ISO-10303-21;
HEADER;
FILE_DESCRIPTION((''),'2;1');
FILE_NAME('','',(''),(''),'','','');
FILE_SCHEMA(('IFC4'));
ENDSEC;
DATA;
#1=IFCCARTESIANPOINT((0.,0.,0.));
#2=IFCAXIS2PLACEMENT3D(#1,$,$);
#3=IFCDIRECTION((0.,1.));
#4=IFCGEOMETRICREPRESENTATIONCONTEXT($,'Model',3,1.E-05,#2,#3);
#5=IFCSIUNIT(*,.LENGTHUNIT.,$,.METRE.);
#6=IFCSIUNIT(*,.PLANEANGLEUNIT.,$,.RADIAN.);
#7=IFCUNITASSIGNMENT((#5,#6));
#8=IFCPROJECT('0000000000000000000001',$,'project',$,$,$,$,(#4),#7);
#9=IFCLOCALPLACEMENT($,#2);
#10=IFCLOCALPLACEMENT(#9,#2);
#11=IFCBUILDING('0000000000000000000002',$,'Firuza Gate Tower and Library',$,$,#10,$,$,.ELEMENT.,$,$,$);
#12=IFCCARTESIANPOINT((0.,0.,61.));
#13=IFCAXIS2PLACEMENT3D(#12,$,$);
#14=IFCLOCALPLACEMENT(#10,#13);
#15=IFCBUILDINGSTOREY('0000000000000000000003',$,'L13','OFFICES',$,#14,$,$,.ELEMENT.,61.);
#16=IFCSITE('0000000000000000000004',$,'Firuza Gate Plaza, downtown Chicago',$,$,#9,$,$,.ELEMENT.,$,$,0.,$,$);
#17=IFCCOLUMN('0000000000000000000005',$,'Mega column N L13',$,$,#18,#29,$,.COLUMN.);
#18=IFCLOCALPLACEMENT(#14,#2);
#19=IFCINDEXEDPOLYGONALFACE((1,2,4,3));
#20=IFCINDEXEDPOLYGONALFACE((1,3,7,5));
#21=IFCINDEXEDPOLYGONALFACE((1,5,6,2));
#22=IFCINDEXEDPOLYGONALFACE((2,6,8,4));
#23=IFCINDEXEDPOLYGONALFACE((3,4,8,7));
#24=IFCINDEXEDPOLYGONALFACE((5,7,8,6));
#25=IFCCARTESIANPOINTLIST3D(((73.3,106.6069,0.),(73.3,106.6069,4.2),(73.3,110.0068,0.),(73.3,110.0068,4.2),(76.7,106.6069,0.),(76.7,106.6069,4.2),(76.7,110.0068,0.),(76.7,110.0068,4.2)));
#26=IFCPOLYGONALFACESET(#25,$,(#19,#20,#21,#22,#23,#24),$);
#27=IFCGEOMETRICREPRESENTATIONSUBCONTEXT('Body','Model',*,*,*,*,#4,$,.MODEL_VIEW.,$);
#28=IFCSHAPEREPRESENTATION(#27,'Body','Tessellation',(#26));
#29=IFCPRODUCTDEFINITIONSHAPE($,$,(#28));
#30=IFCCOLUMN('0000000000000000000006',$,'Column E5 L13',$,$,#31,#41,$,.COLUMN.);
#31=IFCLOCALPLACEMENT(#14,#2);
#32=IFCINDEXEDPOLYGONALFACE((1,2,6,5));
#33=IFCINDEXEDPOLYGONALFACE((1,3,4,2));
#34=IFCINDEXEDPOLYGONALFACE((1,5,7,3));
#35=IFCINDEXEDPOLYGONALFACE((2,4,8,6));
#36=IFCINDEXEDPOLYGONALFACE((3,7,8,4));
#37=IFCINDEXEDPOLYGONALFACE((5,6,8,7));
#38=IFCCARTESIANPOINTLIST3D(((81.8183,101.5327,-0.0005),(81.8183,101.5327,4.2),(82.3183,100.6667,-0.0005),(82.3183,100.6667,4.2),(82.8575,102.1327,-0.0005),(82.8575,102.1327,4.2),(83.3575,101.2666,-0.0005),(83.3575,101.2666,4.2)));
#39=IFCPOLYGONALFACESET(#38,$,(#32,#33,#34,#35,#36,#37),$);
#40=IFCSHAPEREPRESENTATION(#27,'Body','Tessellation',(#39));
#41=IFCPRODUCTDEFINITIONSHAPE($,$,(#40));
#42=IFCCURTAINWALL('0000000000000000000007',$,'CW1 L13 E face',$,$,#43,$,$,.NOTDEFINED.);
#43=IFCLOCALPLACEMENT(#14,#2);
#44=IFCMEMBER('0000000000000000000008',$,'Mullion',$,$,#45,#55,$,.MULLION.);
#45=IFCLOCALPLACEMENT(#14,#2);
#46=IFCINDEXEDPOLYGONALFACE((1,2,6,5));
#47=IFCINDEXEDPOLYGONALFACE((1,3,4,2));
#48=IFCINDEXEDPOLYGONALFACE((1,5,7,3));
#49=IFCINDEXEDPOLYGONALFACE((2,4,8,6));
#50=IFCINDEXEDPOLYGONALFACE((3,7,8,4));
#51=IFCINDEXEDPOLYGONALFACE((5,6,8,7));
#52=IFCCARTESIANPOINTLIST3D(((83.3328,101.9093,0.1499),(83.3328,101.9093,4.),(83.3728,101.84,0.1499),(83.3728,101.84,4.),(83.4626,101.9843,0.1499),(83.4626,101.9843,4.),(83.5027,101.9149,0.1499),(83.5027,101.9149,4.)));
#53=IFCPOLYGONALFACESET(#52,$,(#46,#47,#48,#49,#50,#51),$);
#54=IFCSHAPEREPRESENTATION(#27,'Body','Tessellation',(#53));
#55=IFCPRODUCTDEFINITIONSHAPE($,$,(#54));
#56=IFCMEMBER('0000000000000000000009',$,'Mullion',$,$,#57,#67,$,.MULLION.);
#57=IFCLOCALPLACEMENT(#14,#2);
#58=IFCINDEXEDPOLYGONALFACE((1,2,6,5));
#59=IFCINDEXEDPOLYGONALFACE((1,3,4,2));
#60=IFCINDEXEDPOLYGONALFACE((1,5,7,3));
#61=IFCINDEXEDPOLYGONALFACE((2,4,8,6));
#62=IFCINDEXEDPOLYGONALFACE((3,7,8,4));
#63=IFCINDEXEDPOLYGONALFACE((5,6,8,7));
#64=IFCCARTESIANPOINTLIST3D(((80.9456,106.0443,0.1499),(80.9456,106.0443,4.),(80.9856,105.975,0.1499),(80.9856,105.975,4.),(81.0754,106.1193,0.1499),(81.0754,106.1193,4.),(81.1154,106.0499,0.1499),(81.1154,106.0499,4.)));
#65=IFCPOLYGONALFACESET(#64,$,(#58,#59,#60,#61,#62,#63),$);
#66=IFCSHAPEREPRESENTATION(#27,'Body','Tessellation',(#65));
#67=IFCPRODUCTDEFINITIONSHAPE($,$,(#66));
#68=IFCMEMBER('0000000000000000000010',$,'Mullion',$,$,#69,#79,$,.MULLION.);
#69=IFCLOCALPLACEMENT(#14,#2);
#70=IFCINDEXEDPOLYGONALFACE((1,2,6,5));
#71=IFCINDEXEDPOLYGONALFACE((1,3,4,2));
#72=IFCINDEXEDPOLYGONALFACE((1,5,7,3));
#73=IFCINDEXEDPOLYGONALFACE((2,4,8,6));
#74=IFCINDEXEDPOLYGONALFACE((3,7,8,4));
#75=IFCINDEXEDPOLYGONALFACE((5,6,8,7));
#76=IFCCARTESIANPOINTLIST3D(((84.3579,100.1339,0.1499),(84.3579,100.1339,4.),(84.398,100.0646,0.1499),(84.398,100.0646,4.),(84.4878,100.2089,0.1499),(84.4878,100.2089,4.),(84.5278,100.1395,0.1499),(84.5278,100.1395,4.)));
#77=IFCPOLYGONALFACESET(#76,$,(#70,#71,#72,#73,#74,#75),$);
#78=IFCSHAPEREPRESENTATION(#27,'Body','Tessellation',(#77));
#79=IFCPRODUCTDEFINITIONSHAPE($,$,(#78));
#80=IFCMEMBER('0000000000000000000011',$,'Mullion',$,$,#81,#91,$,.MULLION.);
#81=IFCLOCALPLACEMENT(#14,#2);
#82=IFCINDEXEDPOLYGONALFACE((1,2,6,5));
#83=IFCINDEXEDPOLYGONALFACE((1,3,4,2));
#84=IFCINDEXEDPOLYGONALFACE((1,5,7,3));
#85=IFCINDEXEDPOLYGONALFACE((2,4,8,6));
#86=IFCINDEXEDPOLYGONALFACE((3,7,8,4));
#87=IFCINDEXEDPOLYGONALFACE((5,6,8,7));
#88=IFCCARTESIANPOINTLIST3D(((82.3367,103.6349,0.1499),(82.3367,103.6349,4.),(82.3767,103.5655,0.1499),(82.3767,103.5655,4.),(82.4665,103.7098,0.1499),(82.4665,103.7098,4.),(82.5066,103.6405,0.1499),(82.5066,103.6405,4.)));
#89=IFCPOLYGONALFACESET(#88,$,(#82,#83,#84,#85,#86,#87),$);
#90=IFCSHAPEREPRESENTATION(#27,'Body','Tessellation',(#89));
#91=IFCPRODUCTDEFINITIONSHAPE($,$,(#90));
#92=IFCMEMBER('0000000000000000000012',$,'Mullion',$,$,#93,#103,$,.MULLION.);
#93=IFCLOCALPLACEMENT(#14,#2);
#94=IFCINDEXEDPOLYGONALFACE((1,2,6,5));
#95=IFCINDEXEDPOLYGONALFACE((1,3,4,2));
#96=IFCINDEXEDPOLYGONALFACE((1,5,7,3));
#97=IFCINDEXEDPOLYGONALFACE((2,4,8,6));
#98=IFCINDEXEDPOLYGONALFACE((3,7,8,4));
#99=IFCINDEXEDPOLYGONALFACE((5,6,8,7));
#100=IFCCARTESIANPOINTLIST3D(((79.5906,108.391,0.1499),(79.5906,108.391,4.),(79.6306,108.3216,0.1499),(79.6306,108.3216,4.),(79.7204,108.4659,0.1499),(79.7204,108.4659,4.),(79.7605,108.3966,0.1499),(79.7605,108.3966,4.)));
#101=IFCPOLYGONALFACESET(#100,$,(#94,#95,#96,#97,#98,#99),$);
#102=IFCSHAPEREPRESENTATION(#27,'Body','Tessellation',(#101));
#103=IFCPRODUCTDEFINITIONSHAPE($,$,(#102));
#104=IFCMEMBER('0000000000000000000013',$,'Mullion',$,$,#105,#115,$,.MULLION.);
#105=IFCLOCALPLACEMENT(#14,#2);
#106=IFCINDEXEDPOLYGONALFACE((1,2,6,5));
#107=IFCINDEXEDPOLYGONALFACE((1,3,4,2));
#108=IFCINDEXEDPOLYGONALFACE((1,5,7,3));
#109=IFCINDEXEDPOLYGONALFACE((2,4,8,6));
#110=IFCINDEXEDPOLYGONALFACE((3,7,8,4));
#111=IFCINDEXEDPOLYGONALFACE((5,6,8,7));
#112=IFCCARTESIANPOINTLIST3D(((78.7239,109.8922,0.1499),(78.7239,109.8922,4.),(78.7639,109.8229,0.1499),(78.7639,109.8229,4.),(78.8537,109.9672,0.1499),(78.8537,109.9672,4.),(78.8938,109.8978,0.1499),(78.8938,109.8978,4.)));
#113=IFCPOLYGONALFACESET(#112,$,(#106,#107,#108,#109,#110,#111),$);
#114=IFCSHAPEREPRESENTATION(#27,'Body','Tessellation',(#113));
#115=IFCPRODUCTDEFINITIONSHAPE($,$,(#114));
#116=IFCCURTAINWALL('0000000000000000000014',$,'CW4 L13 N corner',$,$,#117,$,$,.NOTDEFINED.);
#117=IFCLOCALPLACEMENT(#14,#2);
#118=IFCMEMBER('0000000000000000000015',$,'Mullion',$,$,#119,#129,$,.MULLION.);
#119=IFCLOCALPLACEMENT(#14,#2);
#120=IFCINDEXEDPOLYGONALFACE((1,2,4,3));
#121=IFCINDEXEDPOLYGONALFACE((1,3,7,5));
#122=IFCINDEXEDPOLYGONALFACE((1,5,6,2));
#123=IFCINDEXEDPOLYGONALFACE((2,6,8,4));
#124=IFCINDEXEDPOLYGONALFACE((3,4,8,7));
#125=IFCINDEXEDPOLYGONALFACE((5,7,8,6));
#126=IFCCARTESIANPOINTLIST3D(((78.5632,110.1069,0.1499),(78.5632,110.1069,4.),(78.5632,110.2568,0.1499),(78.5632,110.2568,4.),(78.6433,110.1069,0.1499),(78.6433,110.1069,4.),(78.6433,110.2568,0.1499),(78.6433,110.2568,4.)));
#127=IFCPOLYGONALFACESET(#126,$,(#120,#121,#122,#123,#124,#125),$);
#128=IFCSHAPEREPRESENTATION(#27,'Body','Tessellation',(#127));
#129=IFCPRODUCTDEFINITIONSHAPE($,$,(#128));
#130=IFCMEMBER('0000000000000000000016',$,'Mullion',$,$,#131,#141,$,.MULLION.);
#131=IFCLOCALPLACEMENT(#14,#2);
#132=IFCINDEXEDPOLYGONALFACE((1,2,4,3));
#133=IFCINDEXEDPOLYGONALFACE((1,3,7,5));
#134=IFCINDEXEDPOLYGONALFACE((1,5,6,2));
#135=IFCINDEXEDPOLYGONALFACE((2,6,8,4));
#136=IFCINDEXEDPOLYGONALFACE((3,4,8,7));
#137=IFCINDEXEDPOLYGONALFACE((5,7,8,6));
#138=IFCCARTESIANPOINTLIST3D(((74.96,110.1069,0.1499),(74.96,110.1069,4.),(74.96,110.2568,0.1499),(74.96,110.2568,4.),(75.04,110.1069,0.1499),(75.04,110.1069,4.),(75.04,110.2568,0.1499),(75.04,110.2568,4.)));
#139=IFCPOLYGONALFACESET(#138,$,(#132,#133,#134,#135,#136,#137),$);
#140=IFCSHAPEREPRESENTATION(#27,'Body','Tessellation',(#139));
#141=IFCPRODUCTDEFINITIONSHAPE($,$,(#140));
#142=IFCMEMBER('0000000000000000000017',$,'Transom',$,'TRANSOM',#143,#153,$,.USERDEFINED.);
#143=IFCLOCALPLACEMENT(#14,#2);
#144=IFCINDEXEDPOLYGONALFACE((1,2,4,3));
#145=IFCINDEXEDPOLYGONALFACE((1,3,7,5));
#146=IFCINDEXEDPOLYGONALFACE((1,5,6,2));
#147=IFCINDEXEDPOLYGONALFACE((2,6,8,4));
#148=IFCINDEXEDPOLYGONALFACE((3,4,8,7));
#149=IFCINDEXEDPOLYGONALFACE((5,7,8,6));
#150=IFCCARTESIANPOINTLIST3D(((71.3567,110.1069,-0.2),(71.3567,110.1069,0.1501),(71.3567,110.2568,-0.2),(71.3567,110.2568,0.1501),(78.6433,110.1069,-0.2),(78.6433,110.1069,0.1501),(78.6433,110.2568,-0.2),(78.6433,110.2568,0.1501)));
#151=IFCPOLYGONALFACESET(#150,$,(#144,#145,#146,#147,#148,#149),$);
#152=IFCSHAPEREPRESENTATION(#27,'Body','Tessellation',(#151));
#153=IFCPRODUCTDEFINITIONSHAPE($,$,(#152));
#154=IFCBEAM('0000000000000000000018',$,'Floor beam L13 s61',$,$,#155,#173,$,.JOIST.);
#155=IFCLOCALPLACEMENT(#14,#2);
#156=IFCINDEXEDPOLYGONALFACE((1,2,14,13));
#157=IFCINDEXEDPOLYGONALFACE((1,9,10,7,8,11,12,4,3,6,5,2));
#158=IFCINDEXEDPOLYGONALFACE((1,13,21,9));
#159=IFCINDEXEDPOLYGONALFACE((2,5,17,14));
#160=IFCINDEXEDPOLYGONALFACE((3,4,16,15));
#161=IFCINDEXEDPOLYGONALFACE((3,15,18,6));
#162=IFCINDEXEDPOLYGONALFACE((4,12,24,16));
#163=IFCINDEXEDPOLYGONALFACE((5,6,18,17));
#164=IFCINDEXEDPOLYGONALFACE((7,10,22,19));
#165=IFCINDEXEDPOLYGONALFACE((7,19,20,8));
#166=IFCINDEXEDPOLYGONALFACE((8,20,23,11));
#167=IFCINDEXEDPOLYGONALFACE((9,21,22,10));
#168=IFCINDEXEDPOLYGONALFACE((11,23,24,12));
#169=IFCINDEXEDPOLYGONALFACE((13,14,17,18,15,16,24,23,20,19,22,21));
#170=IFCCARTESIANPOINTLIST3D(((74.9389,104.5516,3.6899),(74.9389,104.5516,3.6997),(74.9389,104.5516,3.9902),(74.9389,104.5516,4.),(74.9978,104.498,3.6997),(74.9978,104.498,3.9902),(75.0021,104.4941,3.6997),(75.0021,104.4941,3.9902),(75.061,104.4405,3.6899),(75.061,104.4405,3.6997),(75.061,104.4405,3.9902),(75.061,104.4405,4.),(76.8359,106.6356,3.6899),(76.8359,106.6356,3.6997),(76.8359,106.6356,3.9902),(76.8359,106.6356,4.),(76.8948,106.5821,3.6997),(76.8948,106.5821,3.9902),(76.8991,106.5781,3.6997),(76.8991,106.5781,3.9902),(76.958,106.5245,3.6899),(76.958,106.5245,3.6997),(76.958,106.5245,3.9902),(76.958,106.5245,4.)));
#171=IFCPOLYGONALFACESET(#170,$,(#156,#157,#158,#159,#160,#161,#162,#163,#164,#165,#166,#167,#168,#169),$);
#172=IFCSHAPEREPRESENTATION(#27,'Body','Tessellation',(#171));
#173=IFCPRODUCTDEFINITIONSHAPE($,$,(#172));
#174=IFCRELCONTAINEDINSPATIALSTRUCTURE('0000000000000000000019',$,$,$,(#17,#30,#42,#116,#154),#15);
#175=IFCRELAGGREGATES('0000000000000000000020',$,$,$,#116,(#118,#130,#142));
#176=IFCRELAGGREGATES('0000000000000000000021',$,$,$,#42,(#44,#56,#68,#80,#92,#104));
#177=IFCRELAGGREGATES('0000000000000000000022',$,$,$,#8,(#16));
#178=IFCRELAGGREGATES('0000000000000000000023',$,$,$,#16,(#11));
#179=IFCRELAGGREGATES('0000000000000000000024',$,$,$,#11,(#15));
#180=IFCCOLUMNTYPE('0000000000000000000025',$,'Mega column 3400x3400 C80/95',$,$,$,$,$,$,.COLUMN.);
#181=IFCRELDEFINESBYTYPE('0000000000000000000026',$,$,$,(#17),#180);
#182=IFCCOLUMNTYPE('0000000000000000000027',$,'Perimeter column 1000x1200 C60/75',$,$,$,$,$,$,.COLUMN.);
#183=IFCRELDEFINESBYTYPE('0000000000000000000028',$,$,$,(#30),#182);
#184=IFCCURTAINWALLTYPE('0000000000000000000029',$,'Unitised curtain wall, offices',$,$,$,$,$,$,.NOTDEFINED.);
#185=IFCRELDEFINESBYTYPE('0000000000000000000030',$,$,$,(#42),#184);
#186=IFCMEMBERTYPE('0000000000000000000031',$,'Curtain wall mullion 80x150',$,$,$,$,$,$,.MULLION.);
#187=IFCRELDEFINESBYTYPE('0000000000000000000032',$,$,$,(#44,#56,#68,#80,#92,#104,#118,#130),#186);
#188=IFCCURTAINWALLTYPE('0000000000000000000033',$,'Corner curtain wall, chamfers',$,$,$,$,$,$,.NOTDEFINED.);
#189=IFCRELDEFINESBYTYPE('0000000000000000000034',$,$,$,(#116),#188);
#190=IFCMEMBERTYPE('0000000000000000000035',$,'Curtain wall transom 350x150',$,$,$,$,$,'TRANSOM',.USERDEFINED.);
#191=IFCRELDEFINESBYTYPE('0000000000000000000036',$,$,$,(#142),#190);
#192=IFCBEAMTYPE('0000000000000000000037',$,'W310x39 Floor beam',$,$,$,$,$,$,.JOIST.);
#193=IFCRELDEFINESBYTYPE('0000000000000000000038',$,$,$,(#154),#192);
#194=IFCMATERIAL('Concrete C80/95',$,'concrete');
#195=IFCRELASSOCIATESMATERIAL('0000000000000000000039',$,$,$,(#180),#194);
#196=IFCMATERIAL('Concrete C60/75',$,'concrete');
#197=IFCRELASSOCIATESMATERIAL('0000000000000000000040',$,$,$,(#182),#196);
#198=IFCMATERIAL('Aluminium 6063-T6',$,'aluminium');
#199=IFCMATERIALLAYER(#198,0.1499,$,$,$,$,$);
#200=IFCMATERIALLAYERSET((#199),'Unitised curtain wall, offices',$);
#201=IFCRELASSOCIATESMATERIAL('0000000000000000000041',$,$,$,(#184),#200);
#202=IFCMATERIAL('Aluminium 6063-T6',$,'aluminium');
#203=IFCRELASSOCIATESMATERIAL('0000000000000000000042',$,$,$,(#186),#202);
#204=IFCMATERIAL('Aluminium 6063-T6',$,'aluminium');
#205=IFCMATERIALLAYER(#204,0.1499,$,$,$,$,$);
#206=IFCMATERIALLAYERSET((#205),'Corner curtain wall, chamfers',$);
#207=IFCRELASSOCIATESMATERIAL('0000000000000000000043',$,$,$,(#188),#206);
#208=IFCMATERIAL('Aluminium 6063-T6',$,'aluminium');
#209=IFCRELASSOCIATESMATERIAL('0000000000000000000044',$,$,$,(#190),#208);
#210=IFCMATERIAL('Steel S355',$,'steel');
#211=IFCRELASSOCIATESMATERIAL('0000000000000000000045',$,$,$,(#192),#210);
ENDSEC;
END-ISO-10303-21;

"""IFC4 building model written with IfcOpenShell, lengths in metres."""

from ifc_helpers import new_model, si_unit, direction, frame, origin, origin_2d, place, context, subcontext, project, spatial, rectangle, i_section, extrude, material, layer, layer_set, material_profile, profile_set, type_object, element, aggregate, save


model = new_model("IFC4")

# Units and contexts
model_context = context("Model", 3, precision=1e-05, world=origin(), true_north=direction((0.0, 1.0)))
body_context = subcontext(model_context, "Body", "Model", "MODEL_VIEW")
ifc_project = project(units=[si_unit("LENGTHUNIT", "METRE"), si_unit("PLANEANGLEUNIT", "RADIAN")], contexts=[model_context])

# Site, building, storey
site_placement = place(None, origin())
site = spatial("IfcSite", under=ifc_project, at=site_placement, Name="Firuza Gate Plaza, downtown Chicago", CompositionType="ELEMENT", RefElevation=0.0)
building_placement = place(site_placement, origin())
building = spatial("IfcBuilding", under=site, at=building_placement, Name="Firuza Gate Tower and Library", CompositionType="ELEMENT")
storey_placement = place(building_placement, frame((0.0, 0.0, 61.0)))
storey = spatial("IfcBuildingStorey", under=building, at=storey_placement, Name="L13", Description="OFFICES", CompositionType="ELEMENT", Elevation=61.0)

# Columns
ifc_material_1 = material(Name="Concrete C80/95", Category="concrete")
ifc_material_profile_1 = material_profile(ifc_material_1, rectangle(XDim=3.3999, YDim=3.3999, at=origin_2d()))
ifc_profile_set_1 = profile_set([ifc_material_profile_1], Name="Concrete C80/95")
column_type_1 = type_object("IfcColumnType", Name="Mega column 3400x3400 C80/95", PredefinedType="COLUMN", material=ifc_profile_set_1)
column_1_placement = place(storey_placement, frame((75.0, 108.3069, 0.0), z_axis=(0.0, 0.0, 1.0), x_axis=(-1.0, 0.0, 0.0)))
element("IfcColumn", 1, at=column_1_placement, inside=storey, type_object=column_type_1, Name="Mega column N L13", PredefinedType="COLUMN", context=body_context, shape_type="SweptSolid", body=[
    extrude(rectangle(XDim=3.3999, YDim=3.3999, at=origin_2d()), origin(), (0.0, 0.0, 1.0), 4.2),
])
ifc_material_2 = material(Name="Concrete C60/75", Category="concrete")
ifc_material_profile_2 = material_profile(ifc_material_2, rectangle(XDim=1.0, YDim=1.2, at=origin_2d()))
ifc_profile_set_2 = profile_set([ifc_material_profile_2], Name="Concrete C60/75")
column_type_2 = type_object("IfcColumnType", Name="Perimeter column 1000x1200 C60/75", PredefinedType="COLUMN", material=ifc_profile_set_2)
column_2_placement = place(storey_placement, frame((82.5879, 101.3997, -0.0005), z_axis=(0.0, 0.0, 1.0), x_axis=(-0.5, 0.866025, 0.0)))
element("IfcColumn", 2, at=column_2_placement, inside=storey, type_object=column_type_2, Name="Column E5 L13", PredefinedType="COLUMN", context=body_context, shape_type="SweptSolid", body=[
    extrude(rectangle(XDim=1.0, YDim=1.2, at=origin_2d()), origin(), (0.0, 0.0, 1.0), 4.2004),
])

# Curtain walls, members
ifc_material_3 = material(Name="Aluminium 6063-T6", Category="aluminium")
ifc_layer_1 = layer(ifc_material_3, 0.1499)
ifc_layer_set_1 = layer_set([ifc_layer_1], Name="Unitised curtain wall, offices")
curtain_wall_type_1 = type_object("IfcCurtainWallType", Name="Unitised curtain wall, offices", PredefinedType="NOTDEFINED", material=ifc_layer_set_1)
placement = place(storey_placement, origin())
curtain_wall_1 = element("IfcCurtainWall", 3, at=placement, inside=storey, type_object=curtain_wall_type_1, Name="CW1 L13 E face", PredefinedType="NOTDEFINED")
ifc_material_4 = material(Name="Aluminium 6063-T6", Category="aluminium")
ifc_material_profile_3 = material_profile(ifc_material_4, rectangle(XDim=0.1499, YDim=0.0801, at=origin_2d()))
ifc_profile_set_3 = profile_set([ifc_material_profile_3], Name="Aluminium 6063-T6")
member_type_1 = type_object("IfcMemberType", Name="Curtain wall mullion 80x150", PredefinedType="MULLION", material=ifc_profile_set_3)
member_1_placement = place(storey_placement, frame((83.4177, 101.9121, 0.1499), z_axis=(0.0, 0.0, 1.0), x_axis=(-0.866025, -0.5, 0.0)))
member_1 = element("IfcMember", 4, at=member_1_placement, type_object=member_type_1, Name="Mullion", PredefinedType="MULLION", context=body_context, shape_type="SweptSolid", body=[
    extrude(rectangle(XDim=0.1499, YDim=0.0801, at=origin_2d()), origin(), (0.0, 0.0, 1.0), 3.8501),
])
member_2_placement = place(storey_placement, frame((81.0305, 106.0471, 0.1499), z_axis=(0.0, 0.0, 1.0), x_axis=(-0.866025, -0.5, 0.0)))
member_2 = element("IfcMember", 5, at=member_2_placement, type_object=member_type_1, Name="Mullion", PredefinedType="MULLION", context=body_context, shape_type="SweptSolid", body=[
    extrude(rectangle(XDim=0.1499, YDim=0.0801, at=origin_2d()), origin(), (0.0, 0.0, 1.0), 3.8501),
])
member_3_placement = place(storey_placement, frame((84.4429, 100.1367, 0.1499), z_axis=(0.0, 0.0, 1.0), x_axis=(-0.866025, -0.5, 0.0)))
member_3 = element("IfcMember", 6, at=member_3_placement, type_object=member_type_1, Name="Mullion", PredefinedType="MULLION", context=body_context, shape_type="SweptSolid", body=[
    extrude(rectangle(XDim=0.1499, YDim=0.0801, at=origin_2d()), origin(), (0.0, 0.0, 1.0), 3.8501),
])
member_4_placement = place(storey_placement, frame((82.4216, 103.6377, 0.1499), z_axis=(0.0, 0.0, 1.0), x_axis=(-0.866025, -0.5, 0.0)))
member_4 = element("IfcMember", 7, at=member_4_placement, type_object=member_type_1, Name="Mullion", PredefinedType="MULLION", context=body_context, shape_type="SweptSolid", body=[
    extrude(rectangle(XDim=0.1499, YDim=0.0801, at=origin_2d()), origin(), (0.0, 0.0, 1.0), 3.8501),
])
member_5_placement = place(storey_placement, frame((79.6755, 108.3938, 0.1499), z_axis=(0.0, 0.0, 1.0), x_axis=(-0.866025, -0.5, 0.0)))
member_5 = element("IfcMember", 8, at=member_5_placement, type_object=member_type_1, Name="Mullion", PredefinedType="MULLION", context=body_context, shape_type="SweptSolid", body=[
    extrude(rectangle(XDim=0.1499, YDim=0.0801, at=origin_2d()), origin(), (0.0, 0.0, 1.0), 3.8501),
])
member_6_placement = place(storey_placement, frame((78.8088, 109.895, 0.1499), z_axis=(0.0, 0.0, 1.0), x_axis=(-0.866025, -0.5, 0.0)))
member_6 = element("IfcMember", 9, at=member_6_placement, type_object=member_type_1, Name="Mullion", PredefinedType="MULLION", context=body_context, shape_type="SweptSolid", body=[
    extrude(rectangle(XDim=0.1499, YDim=0.0801, at=origin_2d()), origin(), (0.0, 0.0, 1.0), 3.8501),
])
ifc_material_5 = material(Name="Aluminium 6063-T6", Category="aluminium")
ifc_layer_2 = layer(ifc_material_5, 0.1499)
ifc_layer_set_2 = layer_set([ifc_layer_2], Name="Corner curtain wall, chamfers")
curtain_wall_type_2 = type_object("IfcCurtainWallType", Name="Corner curtain wall, chamfers", PredefinedType="NOTDEFINED", material=ifc_layer_set_2)
curtain_wall_2 = element("IfcCurtainWall", 10, at=placement, inside=storey, type_object=curtain_wall_type_2, Name="CW4 L13 N corner", PredefinedType="NOTDEFINED")
member_7_placement = place(storey_placement, frame((78.6033, 110.1819, 0.1499), z_axis=(0.0, 0.0, 1.0), x_axis=(0.0, -1.0, 0.0)))
member_7 = element("IfcMember", 11, at=member_7_placement, type_object=member_type_1, Name="Mullion", PredefinedType="MULLION", context=body_context, shape_type="SweptSolid", body=[
    extrude(rectangle(XDim=0.1499, YDim=0.0801, at=origin_2d()), origin(), (0.0, 0.0, 1.0), 3.8501),
])
member_8_placement = place(storey_placement, frame((75.0, 110.1819, 0.1499), z_axis=(0.0, 0.0, 1.0), x_axis=(0.0, -1.0, 0.0)))
member_8 = element("IfcMember", 12, at=member_8_placement, type_object=member_type_1, Name="Mullion", PredefinedType="MULLION", context=body_context, shape_type="SweptSolid", body=[
    extrude(rectangle(XDim=0.1499, YDim=0.0801, at=origin_2d()), origin(), (0.0, 0.0, 1.0), 3.8501),
])
ifc_material_6 = material(Name="Aluminium 6063-T6", Category="aluminium")
ifc_material_profile_4 = material_profile(ifc_material_6, rectangle(XDim=0.1499, YDim=0.3501, at=origin_2d()))
ifc_profile_set_4 = profile_set([ifc_material_profile_4], Name="Aluminium 6063-T6")
member_type_2 = type_object("IfcMemberType", Name="Curtain wall transom 350x150", ElementType="TRANSOM", PredefinedType="USERDEFINED", material=ifc_profile_set_4)
member_9_placement = place(storey_placement, frame((78.6433, 110.1819, -0.0249), z_axis=(-1.0, 0.0, 0.0), x_axis=(0.0, -1.0, 0.0)))
member_9 = element("IfcMember", 13, at=member_9_placement, type_object=member_type_2, Name="Transom", ObjectType="TRANSOM", PredefinedType="USERDEFINED", context=body_context, shape_type="SweptSolid", body=[
    extrude(rectangle(XDim=0.1499, YDim=0.3501, at=origin_2d()), origin(), (0.0, 0.0, 1.0), 7.2866),
])

# Beam
ifc_material_7 = material(Name="Steel S355", Category="steel")
ifc_material_profile_5 = material_profile(ifc_material_7, i_section(OverallWidth=0.165, OverallDepth=0.3101, WebThickness=0.0059, FlangeThickness=0.0098, at=origin_2d()))
ifc_profile_set_5 = profile_set([ifc_material_profile_5], Name="Steel S355")
beam_type_1 = type_object("IfcBeamType", Name="W310x39 Floor beam", PredefinedType="JOIST", material=ifc_profile_set_5)
beam_1_placement = place(storey_placement, frame((76.897, 106.5801, 3.845), z_axis=(-0.673147, -0.739509, 0.0), x_axis=(0.739509, -0.673147, 0.0)))
element("IfcBeam", 14, at=beam_1_placement, inside=storey, type_object=beam_type_1, Name="Floor beam L13 s61", PredefinedType="JOIST", context=body_context, shape_type="SweptSolid", body=[
    extrude(i_section(OverallWidth=0.165, OverallDepth=0.3101, WebThickness=0.0059, FlangeThickness=0.0098, at=origin_2d()), origin(), (0.0, 0.0, 1.0), 2.8181),
])

aggregate(curtain_wall_2, [member_7, member_8, member_9])
aggregate(curtain_wall_1, [member_1, member_2, member_3, member_4, member_5, member_6])

save(model, "model.ifc")
